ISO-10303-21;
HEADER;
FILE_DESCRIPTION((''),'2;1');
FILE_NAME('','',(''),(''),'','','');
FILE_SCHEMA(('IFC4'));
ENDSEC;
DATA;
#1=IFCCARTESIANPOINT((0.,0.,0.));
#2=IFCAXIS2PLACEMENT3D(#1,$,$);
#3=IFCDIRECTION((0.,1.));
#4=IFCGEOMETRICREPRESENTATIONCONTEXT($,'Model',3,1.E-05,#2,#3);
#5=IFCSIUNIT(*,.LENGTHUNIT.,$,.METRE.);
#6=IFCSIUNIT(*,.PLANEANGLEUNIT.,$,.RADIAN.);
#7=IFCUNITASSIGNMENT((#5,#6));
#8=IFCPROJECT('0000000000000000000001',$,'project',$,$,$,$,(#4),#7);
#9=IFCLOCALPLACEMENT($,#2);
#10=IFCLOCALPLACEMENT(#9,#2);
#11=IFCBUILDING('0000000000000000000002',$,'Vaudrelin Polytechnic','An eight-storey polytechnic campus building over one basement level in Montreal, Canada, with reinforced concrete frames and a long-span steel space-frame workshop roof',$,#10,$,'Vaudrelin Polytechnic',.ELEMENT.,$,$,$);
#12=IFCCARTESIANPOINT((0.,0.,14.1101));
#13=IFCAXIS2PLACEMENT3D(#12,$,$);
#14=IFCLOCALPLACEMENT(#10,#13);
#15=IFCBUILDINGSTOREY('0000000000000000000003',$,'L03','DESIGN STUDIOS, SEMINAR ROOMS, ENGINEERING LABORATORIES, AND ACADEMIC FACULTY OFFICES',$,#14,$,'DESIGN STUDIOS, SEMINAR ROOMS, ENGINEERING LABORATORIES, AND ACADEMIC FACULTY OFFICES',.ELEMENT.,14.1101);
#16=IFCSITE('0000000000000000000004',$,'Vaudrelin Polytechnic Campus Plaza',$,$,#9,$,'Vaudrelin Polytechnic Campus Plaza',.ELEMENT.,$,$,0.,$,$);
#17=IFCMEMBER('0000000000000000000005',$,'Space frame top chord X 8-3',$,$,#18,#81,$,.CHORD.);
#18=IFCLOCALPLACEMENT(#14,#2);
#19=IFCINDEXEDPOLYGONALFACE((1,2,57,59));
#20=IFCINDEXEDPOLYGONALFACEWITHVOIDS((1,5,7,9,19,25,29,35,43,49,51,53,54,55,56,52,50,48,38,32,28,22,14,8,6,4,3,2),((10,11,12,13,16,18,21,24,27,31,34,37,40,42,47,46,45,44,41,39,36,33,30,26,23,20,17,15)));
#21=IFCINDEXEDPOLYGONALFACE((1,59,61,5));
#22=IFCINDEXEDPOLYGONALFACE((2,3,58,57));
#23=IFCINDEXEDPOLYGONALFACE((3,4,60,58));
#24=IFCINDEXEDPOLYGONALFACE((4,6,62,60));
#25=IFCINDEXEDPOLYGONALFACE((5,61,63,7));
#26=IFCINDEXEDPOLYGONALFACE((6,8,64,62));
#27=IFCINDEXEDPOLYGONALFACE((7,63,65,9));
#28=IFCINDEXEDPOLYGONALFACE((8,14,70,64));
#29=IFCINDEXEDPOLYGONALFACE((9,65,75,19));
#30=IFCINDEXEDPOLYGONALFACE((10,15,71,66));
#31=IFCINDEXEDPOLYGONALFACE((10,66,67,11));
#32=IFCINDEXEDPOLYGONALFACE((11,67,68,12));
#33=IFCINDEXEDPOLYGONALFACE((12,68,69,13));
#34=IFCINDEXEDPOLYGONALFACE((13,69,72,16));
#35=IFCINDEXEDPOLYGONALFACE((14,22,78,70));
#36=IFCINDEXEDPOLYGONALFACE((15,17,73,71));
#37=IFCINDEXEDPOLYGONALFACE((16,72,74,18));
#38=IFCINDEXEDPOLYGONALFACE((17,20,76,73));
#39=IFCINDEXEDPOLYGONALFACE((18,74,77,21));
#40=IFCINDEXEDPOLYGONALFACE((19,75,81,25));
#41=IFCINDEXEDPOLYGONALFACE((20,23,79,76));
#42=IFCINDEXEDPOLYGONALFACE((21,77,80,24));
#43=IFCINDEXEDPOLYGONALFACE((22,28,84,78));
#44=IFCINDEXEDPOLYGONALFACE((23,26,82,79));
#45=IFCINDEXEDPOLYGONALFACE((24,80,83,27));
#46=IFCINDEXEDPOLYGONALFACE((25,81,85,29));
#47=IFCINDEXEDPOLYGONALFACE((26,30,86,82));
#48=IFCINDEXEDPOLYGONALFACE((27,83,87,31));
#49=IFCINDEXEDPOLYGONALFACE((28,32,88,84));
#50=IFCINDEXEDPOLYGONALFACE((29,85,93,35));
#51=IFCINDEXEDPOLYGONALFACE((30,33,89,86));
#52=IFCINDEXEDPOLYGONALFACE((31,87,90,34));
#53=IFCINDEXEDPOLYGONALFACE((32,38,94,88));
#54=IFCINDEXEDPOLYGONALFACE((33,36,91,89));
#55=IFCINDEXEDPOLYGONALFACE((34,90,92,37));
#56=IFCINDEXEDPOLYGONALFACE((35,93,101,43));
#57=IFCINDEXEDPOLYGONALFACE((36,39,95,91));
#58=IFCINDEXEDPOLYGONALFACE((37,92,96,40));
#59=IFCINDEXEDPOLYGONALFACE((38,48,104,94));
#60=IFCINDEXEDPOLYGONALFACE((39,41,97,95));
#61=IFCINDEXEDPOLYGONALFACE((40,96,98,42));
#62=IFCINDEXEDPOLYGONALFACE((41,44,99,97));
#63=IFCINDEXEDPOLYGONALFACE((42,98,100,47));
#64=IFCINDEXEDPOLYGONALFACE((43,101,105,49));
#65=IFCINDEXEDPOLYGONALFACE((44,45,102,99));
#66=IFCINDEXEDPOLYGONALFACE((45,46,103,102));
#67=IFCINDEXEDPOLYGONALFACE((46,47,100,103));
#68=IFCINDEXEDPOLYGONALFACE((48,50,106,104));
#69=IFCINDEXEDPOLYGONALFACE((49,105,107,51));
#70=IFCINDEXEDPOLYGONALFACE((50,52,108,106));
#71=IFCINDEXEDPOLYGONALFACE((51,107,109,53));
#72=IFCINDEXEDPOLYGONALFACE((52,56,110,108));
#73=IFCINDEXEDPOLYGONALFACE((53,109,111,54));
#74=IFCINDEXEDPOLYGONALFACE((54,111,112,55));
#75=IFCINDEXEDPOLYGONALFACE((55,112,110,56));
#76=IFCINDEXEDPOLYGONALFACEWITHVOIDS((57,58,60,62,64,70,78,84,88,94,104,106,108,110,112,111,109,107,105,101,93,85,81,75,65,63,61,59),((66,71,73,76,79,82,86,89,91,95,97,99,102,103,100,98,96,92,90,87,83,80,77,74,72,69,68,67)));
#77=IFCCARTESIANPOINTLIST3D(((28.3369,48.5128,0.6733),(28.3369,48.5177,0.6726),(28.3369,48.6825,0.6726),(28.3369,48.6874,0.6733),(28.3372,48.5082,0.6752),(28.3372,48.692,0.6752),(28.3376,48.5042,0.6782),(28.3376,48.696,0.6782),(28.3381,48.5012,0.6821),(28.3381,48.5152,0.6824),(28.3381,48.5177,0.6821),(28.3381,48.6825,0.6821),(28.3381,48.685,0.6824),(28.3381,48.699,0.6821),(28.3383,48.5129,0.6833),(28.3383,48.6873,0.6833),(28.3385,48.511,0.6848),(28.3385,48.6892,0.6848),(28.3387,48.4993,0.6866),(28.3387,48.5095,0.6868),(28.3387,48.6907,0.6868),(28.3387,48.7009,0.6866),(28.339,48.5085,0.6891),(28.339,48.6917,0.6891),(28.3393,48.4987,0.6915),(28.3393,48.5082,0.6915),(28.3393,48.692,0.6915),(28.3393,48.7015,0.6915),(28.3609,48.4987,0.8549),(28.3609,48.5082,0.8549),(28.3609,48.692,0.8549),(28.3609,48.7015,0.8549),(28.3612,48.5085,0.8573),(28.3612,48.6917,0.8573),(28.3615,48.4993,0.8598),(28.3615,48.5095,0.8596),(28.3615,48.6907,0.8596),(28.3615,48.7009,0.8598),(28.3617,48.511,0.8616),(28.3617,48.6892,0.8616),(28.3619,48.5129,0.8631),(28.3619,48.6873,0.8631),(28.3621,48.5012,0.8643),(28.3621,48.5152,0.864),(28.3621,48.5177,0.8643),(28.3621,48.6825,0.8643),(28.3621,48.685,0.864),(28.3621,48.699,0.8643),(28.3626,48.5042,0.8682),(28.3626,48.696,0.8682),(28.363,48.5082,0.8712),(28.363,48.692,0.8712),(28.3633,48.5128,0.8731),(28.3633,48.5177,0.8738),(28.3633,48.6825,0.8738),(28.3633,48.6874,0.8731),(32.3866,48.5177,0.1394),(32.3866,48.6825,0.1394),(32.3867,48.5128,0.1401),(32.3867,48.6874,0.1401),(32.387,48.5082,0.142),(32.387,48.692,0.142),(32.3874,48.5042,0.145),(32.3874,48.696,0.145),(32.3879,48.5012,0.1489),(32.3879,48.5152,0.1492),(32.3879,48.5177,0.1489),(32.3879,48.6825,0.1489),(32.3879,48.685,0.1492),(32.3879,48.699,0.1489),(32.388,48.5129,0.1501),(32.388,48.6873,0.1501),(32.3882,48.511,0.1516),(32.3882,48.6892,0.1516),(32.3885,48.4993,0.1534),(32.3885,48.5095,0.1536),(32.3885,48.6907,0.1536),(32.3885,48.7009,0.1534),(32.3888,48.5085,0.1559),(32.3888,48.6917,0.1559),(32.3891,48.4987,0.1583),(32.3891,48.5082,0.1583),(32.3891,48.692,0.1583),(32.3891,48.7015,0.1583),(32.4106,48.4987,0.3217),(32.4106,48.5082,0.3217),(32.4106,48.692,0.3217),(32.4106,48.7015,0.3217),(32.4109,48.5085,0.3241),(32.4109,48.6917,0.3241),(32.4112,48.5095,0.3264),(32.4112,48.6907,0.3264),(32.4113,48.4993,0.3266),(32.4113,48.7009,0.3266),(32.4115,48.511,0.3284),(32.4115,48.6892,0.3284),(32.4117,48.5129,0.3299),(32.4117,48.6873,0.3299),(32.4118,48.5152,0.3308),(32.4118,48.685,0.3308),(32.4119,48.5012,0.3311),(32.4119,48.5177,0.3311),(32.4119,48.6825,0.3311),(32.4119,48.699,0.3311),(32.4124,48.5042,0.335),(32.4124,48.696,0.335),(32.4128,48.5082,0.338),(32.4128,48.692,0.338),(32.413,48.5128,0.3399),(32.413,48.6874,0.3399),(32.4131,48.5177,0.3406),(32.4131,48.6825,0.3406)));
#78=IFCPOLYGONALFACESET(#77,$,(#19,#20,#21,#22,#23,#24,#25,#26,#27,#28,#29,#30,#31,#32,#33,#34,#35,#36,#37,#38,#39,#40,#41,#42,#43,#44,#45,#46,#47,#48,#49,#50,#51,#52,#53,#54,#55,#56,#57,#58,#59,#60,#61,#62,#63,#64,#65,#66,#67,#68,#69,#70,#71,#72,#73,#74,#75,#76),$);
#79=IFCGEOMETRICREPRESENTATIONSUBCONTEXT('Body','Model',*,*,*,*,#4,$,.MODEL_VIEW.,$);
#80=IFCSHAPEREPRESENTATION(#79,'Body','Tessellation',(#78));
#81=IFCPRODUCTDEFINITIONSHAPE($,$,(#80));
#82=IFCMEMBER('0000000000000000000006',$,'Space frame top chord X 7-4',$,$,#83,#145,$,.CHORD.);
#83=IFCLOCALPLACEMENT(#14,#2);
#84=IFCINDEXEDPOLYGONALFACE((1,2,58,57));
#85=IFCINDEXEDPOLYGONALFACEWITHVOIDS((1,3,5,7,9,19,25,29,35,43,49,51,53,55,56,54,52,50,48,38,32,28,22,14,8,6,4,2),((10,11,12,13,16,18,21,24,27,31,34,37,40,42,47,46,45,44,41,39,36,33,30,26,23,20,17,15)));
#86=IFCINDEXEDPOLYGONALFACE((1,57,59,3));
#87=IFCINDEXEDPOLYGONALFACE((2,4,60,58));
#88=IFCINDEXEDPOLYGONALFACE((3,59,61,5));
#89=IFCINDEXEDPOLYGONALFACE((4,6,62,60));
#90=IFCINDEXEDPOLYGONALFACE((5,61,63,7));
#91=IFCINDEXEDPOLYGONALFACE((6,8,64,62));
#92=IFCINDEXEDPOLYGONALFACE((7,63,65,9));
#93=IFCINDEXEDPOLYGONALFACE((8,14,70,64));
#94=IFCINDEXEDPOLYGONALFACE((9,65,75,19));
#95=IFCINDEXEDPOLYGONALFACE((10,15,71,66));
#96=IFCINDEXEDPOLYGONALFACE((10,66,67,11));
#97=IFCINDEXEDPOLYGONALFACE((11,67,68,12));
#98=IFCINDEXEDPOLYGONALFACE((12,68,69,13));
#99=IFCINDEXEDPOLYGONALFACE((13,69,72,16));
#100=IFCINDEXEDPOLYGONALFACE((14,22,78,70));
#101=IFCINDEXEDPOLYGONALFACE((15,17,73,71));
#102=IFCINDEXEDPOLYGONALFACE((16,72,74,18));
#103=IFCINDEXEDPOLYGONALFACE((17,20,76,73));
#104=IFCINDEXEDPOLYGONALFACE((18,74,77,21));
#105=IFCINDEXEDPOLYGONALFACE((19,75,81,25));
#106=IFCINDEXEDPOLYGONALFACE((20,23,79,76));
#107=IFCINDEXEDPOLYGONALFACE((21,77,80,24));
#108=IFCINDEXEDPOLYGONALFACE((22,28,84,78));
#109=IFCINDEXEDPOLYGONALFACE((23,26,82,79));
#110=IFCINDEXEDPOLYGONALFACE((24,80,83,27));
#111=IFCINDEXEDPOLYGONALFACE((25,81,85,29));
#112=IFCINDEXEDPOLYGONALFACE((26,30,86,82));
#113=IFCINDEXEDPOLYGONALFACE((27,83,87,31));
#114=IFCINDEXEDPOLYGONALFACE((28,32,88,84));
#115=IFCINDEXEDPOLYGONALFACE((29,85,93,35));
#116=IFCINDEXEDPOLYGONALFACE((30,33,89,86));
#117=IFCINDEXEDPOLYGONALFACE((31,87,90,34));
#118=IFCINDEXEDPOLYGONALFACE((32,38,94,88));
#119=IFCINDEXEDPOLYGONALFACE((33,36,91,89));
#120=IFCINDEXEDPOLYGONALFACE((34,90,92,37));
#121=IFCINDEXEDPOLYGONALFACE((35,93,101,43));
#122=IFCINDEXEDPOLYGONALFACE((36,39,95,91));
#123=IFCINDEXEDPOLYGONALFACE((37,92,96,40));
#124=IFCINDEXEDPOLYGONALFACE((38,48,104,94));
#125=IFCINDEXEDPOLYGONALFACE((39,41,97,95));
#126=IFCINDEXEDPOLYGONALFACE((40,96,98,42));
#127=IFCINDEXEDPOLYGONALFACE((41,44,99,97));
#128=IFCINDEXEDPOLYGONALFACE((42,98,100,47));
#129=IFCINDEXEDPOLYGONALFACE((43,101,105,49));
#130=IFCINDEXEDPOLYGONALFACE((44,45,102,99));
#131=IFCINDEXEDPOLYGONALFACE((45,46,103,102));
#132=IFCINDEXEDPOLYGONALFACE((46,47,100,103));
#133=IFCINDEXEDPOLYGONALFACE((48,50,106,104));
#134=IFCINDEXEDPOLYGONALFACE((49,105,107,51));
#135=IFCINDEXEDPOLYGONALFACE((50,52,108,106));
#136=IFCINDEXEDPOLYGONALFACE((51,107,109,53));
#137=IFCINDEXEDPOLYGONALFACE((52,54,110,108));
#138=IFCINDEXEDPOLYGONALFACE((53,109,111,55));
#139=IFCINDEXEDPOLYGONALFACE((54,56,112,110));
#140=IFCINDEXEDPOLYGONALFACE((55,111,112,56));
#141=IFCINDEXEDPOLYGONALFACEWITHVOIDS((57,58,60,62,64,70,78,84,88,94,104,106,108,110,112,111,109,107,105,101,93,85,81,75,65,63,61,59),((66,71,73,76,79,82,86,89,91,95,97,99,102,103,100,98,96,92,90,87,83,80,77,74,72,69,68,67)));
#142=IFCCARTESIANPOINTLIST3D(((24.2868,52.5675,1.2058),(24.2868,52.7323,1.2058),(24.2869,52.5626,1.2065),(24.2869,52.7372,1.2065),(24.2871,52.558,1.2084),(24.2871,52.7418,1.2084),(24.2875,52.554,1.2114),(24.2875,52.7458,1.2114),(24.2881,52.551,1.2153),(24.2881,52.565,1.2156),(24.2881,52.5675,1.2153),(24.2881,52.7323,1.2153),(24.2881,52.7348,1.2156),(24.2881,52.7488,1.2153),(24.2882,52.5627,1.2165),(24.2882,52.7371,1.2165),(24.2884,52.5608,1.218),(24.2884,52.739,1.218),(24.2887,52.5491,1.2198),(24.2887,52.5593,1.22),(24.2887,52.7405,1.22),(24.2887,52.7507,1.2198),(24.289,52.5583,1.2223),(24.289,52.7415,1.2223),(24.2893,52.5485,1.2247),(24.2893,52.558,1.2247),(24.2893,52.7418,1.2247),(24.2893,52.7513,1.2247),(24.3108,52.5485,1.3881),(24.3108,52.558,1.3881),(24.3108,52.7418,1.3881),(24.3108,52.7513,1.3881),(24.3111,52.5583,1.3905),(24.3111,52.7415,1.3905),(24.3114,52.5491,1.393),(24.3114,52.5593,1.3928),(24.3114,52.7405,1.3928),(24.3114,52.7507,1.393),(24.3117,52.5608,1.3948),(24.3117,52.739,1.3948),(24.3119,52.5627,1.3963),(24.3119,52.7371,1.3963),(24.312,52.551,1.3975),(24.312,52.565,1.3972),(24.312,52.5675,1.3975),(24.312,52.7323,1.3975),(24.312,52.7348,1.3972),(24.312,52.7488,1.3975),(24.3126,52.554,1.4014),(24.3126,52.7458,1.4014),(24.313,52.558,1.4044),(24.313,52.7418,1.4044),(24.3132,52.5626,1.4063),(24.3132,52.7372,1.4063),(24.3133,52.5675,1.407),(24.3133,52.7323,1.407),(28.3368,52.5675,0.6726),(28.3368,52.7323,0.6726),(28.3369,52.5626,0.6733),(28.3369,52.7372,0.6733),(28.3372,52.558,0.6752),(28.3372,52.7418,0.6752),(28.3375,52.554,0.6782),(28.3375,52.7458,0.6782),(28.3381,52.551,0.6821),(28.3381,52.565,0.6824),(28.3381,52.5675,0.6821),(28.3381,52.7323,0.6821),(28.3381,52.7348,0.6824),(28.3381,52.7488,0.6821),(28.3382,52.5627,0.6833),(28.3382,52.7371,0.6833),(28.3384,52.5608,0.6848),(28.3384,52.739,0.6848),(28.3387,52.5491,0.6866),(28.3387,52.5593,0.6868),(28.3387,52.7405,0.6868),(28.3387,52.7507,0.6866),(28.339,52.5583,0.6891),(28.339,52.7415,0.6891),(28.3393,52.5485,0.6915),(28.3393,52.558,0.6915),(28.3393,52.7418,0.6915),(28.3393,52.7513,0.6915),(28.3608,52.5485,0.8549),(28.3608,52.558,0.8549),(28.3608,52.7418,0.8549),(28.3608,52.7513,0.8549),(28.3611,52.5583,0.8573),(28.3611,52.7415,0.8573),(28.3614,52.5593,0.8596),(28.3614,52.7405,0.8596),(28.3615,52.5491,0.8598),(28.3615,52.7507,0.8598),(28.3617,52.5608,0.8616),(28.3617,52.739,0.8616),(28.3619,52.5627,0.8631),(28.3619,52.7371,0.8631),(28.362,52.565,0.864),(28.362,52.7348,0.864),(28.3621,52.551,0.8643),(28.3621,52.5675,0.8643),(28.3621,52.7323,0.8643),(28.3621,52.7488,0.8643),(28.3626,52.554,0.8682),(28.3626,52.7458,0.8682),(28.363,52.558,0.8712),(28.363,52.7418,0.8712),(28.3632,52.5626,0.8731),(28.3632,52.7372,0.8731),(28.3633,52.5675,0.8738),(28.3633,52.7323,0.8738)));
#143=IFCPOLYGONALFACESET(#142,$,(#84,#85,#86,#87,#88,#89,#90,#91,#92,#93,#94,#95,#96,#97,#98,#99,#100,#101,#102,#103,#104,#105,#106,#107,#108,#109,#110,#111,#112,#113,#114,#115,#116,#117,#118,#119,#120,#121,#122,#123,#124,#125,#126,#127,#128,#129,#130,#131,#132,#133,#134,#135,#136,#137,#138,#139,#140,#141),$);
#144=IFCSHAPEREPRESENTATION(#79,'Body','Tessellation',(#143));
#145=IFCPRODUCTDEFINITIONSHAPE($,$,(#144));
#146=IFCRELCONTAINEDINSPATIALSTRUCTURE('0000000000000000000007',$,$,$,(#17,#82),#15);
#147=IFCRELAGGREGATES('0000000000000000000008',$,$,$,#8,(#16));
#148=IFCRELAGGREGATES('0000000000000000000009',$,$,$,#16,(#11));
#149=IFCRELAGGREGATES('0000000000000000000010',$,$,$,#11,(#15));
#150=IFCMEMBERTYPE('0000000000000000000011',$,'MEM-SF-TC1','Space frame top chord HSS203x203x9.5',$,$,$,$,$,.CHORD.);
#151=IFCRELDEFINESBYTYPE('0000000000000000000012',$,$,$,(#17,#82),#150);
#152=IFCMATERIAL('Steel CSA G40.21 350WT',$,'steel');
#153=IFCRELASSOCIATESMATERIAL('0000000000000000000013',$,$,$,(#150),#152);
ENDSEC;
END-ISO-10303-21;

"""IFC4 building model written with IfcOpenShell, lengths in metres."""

from ifc_helpers import new_model, si_unit, direction, frame, origin, origin_2d, place, context, subcontext, project, spatial, hollow_rectangle, extrude, material, material_profile, profile_set, type_object, element, save


model = new_model("IFC4")

# Units and contexts
model_context = context("Model", 3, precision=1e-05, world=origin(), true_north=direction((0.0, 1.0)))
body_context = subcontext(model_context, "Body", "Model", "MODEL_VIEW")
ifc_project = project(units=[si_unit("LENGTHUNIT", "METRE"), si_unit("PLANEANGLEUNIT", "RADIAN")], contexts=[model_context])

# Site, building, storey
site_placement = place(None, origin())
site = spatial("IfcSite", under=ifc_project, at=site_placement, Name="Vaudrelin Polytechnic Campus Plaza", LongName="Vaudrelin Polytechnic Campus Plaza", CompositionType="ELEMENT", RefElevation=0.0)
building_placement = place(site_placement, origin())
building = spatial("IfcBuilding", under=site, at=building_placement, Name="Vaudrelin Polytechnic", Description="An eight-storey polytechnic campus building over one basement level in Montreal, Canada, with reinforced concrete frames and a long-span steel space-frame workshop roof", LongName="Vaudrelin Polytechnic", CompositionType="ELEMENT")
storey_placement = place(building_placement, frame((0.0, 0.0, 14.1101)))
storey = spatial("IfcBuildingStorey", under=building, at=storey_placement, Name="L03", Description="DESIGN STUDIOS, SEMINAR ROOMS, ENGINEERING LABORATORIES, AND ACADEMIC FACULTY OFFICES", LongName="DESIGN STUDIOS, SEMINAR ROOMS, ENGINEERING LABORATORIES, AND ACADEMIC FACULTY OFFICES", CompositionType="ELEMENT", Elevation=14.1101)

# Members
ifc_material_1 = material(Name="Steel CSA G40.21 350WT", Category="steel")
ifc_material_profile_1 = material_profile(ifc_material_1, hollow_rectangle(XDim=0.2029, YDim=0.2029, WallThickness=0.0095, InnerFilletRadius=0.0095, OuterFilletRadius=0.019, at=origin_2d()), Name="HSS203x203x9.5")
ifc_profile_set_1 = profile_set([ifc_material_profile_1], Name="Steel CSA G40.21 350WT")
member_type_1 = type_object("IfcMemberType", Name="MEM-SF-TC1", Description="Space frame top chord HSS203x203x9.5", PredefinedType="CHORD", material=ifc_profile_set_1)
member_1_placement = place(storey_placement, frame((28.3501, 48.6001, 0.7732), z_axis=(0.991444, 0.0, -0.130535), x_axis=(0.0, 1.0, 0.0)))
element("IfcMember", 1, at=member_1_placement, inside=storey, type_object=member_type_1, Name="Space frame top chord X 8-3", PredefinedType="CHORD", context=body_context, shape_type="SweptSolid", body=[
    extrude(hollow_rectangle(XDim=0.2029, YDim=0.2029, WallThickness=0.0095, InnerFilletRadius=0.0095, OuterFilletRadius=0.019, at=origin_2d()), origin(), (0.0, 0.0, 1.0), 4.0847),
])
member_2_placement = place(storey_placement, frame((24.3, 52.6499, 1.3064), z_axis=(0.991445, 0.0, -0.130527), x_axis=(0.0, 1.0, 0.0)))
element("IfcMember", 2, at=member_2_placement, inside=storey, type_object=member_type_1, Name="Space frame top chord X 7-4", PredefinedType="CHORD", context=body_context, shape_type="SweptSolid", body=[
    extrude(hollow_rectangle(XDim=0.2029, YDim=0.2029, WallThickness=0.0095, InnerFilletRadius=0.0095, OuterFilletRadius=0.019, at=origin_2d()), origin(), (0.0, 0.0, 1.0), 4.085),
])

save(model, "model.ifc")
